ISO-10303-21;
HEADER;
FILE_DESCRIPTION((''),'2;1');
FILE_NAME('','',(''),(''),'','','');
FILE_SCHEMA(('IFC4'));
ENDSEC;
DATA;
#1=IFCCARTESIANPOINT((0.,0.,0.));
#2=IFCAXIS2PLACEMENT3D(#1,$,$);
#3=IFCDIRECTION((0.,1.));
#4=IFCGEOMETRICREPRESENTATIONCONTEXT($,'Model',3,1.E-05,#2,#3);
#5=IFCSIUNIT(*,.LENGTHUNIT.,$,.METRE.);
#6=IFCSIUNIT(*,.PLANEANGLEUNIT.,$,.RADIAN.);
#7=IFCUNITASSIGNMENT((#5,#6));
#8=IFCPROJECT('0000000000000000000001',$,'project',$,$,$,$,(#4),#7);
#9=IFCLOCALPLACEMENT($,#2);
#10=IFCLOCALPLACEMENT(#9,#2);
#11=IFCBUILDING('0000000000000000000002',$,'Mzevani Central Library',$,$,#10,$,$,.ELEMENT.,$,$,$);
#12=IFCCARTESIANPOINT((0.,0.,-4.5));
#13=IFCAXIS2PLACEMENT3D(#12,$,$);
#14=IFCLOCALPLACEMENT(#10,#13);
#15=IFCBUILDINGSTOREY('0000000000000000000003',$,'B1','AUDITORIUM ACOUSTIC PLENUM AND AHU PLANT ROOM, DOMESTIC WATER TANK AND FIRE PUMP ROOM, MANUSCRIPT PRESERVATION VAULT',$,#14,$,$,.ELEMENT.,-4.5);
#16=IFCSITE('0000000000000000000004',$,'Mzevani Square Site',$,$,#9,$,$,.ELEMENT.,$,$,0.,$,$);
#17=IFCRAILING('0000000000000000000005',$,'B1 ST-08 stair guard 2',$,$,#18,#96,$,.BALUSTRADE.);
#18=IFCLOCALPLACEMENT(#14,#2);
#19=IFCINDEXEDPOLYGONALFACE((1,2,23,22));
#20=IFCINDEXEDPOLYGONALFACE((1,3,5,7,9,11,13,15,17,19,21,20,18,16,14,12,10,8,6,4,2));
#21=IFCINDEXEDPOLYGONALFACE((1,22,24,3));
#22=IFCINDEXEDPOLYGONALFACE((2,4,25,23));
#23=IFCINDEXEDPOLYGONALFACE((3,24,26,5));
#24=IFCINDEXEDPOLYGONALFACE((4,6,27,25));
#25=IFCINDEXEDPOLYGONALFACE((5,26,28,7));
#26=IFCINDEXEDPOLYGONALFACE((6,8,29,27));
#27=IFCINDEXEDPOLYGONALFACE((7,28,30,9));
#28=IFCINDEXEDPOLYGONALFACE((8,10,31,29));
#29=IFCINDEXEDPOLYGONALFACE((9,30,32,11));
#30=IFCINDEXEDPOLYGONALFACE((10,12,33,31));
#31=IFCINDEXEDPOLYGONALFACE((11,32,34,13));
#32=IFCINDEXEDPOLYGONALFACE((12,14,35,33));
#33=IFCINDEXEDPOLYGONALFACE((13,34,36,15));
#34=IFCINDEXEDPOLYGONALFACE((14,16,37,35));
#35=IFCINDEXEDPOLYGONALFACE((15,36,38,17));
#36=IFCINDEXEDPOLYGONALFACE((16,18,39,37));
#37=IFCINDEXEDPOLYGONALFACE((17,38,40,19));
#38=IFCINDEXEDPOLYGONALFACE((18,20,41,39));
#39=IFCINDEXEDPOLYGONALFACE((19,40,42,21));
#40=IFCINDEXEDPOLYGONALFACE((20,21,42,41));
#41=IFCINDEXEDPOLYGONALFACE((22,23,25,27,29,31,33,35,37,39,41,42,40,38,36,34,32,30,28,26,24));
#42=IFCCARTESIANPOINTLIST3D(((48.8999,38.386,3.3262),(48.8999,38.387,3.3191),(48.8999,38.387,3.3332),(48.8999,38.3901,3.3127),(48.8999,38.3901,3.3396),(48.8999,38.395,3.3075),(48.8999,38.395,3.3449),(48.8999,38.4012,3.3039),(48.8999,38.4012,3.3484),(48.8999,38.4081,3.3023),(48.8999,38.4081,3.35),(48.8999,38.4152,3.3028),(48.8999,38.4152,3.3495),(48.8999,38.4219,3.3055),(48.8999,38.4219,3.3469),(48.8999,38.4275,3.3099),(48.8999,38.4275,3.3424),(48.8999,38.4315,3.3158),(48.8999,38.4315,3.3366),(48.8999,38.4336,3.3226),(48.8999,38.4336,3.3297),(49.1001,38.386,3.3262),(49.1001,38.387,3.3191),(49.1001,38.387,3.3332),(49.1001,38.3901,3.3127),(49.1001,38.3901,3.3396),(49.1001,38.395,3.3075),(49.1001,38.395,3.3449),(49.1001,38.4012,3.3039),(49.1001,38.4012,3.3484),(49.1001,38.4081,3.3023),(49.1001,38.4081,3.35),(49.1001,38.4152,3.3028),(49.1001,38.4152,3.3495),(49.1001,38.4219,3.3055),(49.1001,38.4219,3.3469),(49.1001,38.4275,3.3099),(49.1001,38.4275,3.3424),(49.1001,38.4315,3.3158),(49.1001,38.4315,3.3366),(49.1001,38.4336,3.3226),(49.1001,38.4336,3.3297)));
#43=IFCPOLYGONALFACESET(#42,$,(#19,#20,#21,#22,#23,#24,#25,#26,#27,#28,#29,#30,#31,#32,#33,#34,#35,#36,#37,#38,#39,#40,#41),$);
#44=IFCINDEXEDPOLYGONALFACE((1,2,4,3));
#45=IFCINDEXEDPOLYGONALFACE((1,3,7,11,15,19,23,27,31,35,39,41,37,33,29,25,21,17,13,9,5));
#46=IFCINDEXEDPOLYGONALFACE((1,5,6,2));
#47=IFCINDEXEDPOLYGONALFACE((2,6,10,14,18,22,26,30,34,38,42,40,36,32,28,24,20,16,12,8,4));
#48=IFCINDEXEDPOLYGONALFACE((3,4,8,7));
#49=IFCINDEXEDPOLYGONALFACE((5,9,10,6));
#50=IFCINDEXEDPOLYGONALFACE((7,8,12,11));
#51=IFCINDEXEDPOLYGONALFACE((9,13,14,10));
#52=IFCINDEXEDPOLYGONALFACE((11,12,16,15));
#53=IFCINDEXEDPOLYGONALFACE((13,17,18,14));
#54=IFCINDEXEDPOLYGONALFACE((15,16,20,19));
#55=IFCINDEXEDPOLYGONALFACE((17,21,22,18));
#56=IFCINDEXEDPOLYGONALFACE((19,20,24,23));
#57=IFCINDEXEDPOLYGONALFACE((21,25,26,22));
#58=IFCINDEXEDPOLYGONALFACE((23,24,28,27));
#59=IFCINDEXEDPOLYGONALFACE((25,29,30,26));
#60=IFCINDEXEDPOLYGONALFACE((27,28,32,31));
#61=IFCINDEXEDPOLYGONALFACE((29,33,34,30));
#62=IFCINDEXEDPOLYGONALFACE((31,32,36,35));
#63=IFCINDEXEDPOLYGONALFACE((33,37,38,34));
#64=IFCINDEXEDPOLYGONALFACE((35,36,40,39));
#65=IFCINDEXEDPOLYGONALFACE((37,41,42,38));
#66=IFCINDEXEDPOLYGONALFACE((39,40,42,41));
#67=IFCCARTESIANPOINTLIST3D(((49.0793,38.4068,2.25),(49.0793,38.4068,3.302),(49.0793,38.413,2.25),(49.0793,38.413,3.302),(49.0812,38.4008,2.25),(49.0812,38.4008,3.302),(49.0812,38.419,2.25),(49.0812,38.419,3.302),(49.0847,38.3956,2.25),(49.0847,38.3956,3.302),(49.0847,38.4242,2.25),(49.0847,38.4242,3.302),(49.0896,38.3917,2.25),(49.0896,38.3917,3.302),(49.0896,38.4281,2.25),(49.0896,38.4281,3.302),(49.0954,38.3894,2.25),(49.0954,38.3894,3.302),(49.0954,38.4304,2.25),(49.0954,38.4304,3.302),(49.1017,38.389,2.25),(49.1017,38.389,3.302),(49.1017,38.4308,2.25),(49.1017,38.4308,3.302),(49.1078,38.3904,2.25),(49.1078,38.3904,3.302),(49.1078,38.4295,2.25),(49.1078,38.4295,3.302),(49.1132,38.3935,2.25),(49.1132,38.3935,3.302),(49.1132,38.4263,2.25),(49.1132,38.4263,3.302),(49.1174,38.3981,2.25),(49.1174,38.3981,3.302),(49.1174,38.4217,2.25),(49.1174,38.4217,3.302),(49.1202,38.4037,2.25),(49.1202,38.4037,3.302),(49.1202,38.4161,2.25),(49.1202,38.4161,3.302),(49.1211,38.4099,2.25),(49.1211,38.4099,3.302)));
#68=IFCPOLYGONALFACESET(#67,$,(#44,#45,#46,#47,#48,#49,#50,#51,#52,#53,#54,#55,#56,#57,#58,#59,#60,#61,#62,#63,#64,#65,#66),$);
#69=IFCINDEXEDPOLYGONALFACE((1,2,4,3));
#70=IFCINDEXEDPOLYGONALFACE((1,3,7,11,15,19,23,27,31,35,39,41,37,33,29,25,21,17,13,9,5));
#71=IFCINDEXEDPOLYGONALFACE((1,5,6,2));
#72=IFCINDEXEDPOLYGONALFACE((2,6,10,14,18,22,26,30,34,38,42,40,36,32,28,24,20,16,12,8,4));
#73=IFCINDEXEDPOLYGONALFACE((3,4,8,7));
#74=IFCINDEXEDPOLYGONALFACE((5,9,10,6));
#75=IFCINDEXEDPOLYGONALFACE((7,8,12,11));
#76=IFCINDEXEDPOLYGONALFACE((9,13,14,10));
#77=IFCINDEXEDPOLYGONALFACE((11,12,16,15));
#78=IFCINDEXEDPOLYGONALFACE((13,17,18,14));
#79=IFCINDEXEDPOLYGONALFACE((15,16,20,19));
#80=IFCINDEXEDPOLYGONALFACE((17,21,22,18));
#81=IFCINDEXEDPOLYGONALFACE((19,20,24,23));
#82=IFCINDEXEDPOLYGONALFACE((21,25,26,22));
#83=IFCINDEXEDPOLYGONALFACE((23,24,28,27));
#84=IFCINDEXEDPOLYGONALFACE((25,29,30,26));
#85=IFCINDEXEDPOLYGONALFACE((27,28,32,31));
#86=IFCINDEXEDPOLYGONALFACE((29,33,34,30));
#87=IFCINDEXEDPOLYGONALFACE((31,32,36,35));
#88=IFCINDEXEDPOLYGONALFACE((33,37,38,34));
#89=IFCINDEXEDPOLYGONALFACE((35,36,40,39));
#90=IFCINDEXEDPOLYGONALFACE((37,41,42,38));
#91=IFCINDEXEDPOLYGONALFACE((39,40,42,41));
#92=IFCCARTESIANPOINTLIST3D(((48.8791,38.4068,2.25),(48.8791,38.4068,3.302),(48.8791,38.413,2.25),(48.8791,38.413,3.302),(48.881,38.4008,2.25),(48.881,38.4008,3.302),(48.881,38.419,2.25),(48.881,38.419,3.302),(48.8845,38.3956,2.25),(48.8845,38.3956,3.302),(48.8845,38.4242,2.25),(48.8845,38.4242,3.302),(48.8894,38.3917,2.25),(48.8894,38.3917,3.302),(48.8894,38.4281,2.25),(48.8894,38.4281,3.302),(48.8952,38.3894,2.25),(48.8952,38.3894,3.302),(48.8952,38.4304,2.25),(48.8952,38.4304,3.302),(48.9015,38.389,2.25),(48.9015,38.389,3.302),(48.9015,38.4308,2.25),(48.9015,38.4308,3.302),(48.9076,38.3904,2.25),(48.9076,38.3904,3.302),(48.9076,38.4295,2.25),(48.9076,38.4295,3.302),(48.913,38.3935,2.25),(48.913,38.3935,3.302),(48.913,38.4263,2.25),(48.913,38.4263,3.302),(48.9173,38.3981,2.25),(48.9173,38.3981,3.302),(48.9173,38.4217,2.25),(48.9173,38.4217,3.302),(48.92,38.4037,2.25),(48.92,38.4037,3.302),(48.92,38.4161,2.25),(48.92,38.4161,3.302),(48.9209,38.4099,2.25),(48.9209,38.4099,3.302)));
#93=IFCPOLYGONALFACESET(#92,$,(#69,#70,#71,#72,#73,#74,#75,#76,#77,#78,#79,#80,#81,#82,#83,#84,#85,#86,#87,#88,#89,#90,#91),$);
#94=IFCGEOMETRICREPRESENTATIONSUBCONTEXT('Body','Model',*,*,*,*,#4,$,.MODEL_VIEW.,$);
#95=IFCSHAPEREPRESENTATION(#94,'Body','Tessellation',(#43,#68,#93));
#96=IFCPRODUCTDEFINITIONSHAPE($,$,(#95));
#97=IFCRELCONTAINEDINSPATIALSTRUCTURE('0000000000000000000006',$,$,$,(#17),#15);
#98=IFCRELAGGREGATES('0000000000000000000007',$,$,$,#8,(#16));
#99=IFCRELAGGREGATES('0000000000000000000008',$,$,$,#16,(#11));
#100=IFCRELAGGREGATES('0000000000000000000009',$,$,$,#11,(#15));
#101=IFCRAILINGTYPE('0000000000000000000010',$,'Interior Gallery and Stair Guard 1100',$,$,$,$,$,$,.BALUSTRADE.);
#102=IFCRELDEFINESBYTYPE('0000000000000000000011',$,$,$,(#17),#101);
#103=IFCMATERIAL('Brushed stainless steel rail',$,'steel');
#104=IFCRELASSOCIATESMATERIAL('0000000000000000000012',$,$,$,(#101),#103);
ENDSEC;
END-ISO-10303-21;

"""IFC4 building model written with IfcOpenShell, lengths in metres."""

from ifc_helpers import new_model, si_unit, direction, frame, origin, origin_2d, place, context, subcontext, project, spatial, circle, extrude, material, type_object, element, save


model = new_model("IFC4")

# Units and contexts
model_context = context("Model", 3, precision=1e-05, world=origin(), true_north=direction((0.0, 1.0)))
body_context = subcontext(model_context, "Body", "Model", "MODEL_VIEW")
ifc_project = project(units=[si_unit("LENGTHUNIT", "METRE"), si_unit("PLANEANGLEUNIT", "RADIAN")], contexts=[model_context])

# Site, building, storey
site_placement = place(None, origin())
site = spatial("IfcSite", under=ifc_project, at=site_placement, Name="Mzevani Square Site", CompositionType="ELEMENT", RefElevation=0.0)
building_placement = place(site_placement, origin())
building = spatial("IfcBuilding", under=site, at=building_placement, Name="Mzevani Central Library", CompositionType="ELEMENT")
storey_placement = place(building_placement, frame((0.0, 0.0, -4.5)))
storey = spatial("IfcBuildingStorey", under=building, at=storey_placement, Name="B1", Description="AUDITORIUM ACOUSTIC PLENUM AND AHU PLANT ROOM, DOMESTIC WATER TANK AND FIRE PUMP ROOM, MANUSCRIPT PRESERVATION VAULT", CompositionType="ELEMENT", Elevation=-4.5)

# Railing
ifc_material_1 = material(Name="Brushed stainless steel rail", Category="steel")
railing_type_1 = type_object("IfcRailingType", Name="Interior Gallery and Stair Guard 1100", PredefinedType="BALUSTRADE", material=ifc_material_1)
railing_1_placement = place(storey_placement, frame((49.1001, 38.4099, 2.25)))
element("IfcRailing", 1, at=railing_1_placement, inside=storey, type_object=railing_type_1, Name="B1 ST-08 stair guard 2", PredefinedType="BALUSTRADE", context=body_context, shape_type="SweptSolid", body=[
    extrude(circle(Radius=0.0239, at=origin_2d()), frame((0.0, 0.0, 1.0762), z_axis=(-1.0, 0.0, 0.0), x_axis=(0.0, -1.0, 0.0)), (0.0, 0.0, 1.0), 0.2002),
    extrude(circle(Radius=0.021, at=origin_2d()), origin(), (0.0, 0.0, 1.0), 1.052),
    extrude(circle(Radius=0.021, at=origin_2d()), frame((-0.2002, 0.0, 0.0)), (0.0, 0.0, 1.0), 1.052),
])

save(model, "model.ifc")
